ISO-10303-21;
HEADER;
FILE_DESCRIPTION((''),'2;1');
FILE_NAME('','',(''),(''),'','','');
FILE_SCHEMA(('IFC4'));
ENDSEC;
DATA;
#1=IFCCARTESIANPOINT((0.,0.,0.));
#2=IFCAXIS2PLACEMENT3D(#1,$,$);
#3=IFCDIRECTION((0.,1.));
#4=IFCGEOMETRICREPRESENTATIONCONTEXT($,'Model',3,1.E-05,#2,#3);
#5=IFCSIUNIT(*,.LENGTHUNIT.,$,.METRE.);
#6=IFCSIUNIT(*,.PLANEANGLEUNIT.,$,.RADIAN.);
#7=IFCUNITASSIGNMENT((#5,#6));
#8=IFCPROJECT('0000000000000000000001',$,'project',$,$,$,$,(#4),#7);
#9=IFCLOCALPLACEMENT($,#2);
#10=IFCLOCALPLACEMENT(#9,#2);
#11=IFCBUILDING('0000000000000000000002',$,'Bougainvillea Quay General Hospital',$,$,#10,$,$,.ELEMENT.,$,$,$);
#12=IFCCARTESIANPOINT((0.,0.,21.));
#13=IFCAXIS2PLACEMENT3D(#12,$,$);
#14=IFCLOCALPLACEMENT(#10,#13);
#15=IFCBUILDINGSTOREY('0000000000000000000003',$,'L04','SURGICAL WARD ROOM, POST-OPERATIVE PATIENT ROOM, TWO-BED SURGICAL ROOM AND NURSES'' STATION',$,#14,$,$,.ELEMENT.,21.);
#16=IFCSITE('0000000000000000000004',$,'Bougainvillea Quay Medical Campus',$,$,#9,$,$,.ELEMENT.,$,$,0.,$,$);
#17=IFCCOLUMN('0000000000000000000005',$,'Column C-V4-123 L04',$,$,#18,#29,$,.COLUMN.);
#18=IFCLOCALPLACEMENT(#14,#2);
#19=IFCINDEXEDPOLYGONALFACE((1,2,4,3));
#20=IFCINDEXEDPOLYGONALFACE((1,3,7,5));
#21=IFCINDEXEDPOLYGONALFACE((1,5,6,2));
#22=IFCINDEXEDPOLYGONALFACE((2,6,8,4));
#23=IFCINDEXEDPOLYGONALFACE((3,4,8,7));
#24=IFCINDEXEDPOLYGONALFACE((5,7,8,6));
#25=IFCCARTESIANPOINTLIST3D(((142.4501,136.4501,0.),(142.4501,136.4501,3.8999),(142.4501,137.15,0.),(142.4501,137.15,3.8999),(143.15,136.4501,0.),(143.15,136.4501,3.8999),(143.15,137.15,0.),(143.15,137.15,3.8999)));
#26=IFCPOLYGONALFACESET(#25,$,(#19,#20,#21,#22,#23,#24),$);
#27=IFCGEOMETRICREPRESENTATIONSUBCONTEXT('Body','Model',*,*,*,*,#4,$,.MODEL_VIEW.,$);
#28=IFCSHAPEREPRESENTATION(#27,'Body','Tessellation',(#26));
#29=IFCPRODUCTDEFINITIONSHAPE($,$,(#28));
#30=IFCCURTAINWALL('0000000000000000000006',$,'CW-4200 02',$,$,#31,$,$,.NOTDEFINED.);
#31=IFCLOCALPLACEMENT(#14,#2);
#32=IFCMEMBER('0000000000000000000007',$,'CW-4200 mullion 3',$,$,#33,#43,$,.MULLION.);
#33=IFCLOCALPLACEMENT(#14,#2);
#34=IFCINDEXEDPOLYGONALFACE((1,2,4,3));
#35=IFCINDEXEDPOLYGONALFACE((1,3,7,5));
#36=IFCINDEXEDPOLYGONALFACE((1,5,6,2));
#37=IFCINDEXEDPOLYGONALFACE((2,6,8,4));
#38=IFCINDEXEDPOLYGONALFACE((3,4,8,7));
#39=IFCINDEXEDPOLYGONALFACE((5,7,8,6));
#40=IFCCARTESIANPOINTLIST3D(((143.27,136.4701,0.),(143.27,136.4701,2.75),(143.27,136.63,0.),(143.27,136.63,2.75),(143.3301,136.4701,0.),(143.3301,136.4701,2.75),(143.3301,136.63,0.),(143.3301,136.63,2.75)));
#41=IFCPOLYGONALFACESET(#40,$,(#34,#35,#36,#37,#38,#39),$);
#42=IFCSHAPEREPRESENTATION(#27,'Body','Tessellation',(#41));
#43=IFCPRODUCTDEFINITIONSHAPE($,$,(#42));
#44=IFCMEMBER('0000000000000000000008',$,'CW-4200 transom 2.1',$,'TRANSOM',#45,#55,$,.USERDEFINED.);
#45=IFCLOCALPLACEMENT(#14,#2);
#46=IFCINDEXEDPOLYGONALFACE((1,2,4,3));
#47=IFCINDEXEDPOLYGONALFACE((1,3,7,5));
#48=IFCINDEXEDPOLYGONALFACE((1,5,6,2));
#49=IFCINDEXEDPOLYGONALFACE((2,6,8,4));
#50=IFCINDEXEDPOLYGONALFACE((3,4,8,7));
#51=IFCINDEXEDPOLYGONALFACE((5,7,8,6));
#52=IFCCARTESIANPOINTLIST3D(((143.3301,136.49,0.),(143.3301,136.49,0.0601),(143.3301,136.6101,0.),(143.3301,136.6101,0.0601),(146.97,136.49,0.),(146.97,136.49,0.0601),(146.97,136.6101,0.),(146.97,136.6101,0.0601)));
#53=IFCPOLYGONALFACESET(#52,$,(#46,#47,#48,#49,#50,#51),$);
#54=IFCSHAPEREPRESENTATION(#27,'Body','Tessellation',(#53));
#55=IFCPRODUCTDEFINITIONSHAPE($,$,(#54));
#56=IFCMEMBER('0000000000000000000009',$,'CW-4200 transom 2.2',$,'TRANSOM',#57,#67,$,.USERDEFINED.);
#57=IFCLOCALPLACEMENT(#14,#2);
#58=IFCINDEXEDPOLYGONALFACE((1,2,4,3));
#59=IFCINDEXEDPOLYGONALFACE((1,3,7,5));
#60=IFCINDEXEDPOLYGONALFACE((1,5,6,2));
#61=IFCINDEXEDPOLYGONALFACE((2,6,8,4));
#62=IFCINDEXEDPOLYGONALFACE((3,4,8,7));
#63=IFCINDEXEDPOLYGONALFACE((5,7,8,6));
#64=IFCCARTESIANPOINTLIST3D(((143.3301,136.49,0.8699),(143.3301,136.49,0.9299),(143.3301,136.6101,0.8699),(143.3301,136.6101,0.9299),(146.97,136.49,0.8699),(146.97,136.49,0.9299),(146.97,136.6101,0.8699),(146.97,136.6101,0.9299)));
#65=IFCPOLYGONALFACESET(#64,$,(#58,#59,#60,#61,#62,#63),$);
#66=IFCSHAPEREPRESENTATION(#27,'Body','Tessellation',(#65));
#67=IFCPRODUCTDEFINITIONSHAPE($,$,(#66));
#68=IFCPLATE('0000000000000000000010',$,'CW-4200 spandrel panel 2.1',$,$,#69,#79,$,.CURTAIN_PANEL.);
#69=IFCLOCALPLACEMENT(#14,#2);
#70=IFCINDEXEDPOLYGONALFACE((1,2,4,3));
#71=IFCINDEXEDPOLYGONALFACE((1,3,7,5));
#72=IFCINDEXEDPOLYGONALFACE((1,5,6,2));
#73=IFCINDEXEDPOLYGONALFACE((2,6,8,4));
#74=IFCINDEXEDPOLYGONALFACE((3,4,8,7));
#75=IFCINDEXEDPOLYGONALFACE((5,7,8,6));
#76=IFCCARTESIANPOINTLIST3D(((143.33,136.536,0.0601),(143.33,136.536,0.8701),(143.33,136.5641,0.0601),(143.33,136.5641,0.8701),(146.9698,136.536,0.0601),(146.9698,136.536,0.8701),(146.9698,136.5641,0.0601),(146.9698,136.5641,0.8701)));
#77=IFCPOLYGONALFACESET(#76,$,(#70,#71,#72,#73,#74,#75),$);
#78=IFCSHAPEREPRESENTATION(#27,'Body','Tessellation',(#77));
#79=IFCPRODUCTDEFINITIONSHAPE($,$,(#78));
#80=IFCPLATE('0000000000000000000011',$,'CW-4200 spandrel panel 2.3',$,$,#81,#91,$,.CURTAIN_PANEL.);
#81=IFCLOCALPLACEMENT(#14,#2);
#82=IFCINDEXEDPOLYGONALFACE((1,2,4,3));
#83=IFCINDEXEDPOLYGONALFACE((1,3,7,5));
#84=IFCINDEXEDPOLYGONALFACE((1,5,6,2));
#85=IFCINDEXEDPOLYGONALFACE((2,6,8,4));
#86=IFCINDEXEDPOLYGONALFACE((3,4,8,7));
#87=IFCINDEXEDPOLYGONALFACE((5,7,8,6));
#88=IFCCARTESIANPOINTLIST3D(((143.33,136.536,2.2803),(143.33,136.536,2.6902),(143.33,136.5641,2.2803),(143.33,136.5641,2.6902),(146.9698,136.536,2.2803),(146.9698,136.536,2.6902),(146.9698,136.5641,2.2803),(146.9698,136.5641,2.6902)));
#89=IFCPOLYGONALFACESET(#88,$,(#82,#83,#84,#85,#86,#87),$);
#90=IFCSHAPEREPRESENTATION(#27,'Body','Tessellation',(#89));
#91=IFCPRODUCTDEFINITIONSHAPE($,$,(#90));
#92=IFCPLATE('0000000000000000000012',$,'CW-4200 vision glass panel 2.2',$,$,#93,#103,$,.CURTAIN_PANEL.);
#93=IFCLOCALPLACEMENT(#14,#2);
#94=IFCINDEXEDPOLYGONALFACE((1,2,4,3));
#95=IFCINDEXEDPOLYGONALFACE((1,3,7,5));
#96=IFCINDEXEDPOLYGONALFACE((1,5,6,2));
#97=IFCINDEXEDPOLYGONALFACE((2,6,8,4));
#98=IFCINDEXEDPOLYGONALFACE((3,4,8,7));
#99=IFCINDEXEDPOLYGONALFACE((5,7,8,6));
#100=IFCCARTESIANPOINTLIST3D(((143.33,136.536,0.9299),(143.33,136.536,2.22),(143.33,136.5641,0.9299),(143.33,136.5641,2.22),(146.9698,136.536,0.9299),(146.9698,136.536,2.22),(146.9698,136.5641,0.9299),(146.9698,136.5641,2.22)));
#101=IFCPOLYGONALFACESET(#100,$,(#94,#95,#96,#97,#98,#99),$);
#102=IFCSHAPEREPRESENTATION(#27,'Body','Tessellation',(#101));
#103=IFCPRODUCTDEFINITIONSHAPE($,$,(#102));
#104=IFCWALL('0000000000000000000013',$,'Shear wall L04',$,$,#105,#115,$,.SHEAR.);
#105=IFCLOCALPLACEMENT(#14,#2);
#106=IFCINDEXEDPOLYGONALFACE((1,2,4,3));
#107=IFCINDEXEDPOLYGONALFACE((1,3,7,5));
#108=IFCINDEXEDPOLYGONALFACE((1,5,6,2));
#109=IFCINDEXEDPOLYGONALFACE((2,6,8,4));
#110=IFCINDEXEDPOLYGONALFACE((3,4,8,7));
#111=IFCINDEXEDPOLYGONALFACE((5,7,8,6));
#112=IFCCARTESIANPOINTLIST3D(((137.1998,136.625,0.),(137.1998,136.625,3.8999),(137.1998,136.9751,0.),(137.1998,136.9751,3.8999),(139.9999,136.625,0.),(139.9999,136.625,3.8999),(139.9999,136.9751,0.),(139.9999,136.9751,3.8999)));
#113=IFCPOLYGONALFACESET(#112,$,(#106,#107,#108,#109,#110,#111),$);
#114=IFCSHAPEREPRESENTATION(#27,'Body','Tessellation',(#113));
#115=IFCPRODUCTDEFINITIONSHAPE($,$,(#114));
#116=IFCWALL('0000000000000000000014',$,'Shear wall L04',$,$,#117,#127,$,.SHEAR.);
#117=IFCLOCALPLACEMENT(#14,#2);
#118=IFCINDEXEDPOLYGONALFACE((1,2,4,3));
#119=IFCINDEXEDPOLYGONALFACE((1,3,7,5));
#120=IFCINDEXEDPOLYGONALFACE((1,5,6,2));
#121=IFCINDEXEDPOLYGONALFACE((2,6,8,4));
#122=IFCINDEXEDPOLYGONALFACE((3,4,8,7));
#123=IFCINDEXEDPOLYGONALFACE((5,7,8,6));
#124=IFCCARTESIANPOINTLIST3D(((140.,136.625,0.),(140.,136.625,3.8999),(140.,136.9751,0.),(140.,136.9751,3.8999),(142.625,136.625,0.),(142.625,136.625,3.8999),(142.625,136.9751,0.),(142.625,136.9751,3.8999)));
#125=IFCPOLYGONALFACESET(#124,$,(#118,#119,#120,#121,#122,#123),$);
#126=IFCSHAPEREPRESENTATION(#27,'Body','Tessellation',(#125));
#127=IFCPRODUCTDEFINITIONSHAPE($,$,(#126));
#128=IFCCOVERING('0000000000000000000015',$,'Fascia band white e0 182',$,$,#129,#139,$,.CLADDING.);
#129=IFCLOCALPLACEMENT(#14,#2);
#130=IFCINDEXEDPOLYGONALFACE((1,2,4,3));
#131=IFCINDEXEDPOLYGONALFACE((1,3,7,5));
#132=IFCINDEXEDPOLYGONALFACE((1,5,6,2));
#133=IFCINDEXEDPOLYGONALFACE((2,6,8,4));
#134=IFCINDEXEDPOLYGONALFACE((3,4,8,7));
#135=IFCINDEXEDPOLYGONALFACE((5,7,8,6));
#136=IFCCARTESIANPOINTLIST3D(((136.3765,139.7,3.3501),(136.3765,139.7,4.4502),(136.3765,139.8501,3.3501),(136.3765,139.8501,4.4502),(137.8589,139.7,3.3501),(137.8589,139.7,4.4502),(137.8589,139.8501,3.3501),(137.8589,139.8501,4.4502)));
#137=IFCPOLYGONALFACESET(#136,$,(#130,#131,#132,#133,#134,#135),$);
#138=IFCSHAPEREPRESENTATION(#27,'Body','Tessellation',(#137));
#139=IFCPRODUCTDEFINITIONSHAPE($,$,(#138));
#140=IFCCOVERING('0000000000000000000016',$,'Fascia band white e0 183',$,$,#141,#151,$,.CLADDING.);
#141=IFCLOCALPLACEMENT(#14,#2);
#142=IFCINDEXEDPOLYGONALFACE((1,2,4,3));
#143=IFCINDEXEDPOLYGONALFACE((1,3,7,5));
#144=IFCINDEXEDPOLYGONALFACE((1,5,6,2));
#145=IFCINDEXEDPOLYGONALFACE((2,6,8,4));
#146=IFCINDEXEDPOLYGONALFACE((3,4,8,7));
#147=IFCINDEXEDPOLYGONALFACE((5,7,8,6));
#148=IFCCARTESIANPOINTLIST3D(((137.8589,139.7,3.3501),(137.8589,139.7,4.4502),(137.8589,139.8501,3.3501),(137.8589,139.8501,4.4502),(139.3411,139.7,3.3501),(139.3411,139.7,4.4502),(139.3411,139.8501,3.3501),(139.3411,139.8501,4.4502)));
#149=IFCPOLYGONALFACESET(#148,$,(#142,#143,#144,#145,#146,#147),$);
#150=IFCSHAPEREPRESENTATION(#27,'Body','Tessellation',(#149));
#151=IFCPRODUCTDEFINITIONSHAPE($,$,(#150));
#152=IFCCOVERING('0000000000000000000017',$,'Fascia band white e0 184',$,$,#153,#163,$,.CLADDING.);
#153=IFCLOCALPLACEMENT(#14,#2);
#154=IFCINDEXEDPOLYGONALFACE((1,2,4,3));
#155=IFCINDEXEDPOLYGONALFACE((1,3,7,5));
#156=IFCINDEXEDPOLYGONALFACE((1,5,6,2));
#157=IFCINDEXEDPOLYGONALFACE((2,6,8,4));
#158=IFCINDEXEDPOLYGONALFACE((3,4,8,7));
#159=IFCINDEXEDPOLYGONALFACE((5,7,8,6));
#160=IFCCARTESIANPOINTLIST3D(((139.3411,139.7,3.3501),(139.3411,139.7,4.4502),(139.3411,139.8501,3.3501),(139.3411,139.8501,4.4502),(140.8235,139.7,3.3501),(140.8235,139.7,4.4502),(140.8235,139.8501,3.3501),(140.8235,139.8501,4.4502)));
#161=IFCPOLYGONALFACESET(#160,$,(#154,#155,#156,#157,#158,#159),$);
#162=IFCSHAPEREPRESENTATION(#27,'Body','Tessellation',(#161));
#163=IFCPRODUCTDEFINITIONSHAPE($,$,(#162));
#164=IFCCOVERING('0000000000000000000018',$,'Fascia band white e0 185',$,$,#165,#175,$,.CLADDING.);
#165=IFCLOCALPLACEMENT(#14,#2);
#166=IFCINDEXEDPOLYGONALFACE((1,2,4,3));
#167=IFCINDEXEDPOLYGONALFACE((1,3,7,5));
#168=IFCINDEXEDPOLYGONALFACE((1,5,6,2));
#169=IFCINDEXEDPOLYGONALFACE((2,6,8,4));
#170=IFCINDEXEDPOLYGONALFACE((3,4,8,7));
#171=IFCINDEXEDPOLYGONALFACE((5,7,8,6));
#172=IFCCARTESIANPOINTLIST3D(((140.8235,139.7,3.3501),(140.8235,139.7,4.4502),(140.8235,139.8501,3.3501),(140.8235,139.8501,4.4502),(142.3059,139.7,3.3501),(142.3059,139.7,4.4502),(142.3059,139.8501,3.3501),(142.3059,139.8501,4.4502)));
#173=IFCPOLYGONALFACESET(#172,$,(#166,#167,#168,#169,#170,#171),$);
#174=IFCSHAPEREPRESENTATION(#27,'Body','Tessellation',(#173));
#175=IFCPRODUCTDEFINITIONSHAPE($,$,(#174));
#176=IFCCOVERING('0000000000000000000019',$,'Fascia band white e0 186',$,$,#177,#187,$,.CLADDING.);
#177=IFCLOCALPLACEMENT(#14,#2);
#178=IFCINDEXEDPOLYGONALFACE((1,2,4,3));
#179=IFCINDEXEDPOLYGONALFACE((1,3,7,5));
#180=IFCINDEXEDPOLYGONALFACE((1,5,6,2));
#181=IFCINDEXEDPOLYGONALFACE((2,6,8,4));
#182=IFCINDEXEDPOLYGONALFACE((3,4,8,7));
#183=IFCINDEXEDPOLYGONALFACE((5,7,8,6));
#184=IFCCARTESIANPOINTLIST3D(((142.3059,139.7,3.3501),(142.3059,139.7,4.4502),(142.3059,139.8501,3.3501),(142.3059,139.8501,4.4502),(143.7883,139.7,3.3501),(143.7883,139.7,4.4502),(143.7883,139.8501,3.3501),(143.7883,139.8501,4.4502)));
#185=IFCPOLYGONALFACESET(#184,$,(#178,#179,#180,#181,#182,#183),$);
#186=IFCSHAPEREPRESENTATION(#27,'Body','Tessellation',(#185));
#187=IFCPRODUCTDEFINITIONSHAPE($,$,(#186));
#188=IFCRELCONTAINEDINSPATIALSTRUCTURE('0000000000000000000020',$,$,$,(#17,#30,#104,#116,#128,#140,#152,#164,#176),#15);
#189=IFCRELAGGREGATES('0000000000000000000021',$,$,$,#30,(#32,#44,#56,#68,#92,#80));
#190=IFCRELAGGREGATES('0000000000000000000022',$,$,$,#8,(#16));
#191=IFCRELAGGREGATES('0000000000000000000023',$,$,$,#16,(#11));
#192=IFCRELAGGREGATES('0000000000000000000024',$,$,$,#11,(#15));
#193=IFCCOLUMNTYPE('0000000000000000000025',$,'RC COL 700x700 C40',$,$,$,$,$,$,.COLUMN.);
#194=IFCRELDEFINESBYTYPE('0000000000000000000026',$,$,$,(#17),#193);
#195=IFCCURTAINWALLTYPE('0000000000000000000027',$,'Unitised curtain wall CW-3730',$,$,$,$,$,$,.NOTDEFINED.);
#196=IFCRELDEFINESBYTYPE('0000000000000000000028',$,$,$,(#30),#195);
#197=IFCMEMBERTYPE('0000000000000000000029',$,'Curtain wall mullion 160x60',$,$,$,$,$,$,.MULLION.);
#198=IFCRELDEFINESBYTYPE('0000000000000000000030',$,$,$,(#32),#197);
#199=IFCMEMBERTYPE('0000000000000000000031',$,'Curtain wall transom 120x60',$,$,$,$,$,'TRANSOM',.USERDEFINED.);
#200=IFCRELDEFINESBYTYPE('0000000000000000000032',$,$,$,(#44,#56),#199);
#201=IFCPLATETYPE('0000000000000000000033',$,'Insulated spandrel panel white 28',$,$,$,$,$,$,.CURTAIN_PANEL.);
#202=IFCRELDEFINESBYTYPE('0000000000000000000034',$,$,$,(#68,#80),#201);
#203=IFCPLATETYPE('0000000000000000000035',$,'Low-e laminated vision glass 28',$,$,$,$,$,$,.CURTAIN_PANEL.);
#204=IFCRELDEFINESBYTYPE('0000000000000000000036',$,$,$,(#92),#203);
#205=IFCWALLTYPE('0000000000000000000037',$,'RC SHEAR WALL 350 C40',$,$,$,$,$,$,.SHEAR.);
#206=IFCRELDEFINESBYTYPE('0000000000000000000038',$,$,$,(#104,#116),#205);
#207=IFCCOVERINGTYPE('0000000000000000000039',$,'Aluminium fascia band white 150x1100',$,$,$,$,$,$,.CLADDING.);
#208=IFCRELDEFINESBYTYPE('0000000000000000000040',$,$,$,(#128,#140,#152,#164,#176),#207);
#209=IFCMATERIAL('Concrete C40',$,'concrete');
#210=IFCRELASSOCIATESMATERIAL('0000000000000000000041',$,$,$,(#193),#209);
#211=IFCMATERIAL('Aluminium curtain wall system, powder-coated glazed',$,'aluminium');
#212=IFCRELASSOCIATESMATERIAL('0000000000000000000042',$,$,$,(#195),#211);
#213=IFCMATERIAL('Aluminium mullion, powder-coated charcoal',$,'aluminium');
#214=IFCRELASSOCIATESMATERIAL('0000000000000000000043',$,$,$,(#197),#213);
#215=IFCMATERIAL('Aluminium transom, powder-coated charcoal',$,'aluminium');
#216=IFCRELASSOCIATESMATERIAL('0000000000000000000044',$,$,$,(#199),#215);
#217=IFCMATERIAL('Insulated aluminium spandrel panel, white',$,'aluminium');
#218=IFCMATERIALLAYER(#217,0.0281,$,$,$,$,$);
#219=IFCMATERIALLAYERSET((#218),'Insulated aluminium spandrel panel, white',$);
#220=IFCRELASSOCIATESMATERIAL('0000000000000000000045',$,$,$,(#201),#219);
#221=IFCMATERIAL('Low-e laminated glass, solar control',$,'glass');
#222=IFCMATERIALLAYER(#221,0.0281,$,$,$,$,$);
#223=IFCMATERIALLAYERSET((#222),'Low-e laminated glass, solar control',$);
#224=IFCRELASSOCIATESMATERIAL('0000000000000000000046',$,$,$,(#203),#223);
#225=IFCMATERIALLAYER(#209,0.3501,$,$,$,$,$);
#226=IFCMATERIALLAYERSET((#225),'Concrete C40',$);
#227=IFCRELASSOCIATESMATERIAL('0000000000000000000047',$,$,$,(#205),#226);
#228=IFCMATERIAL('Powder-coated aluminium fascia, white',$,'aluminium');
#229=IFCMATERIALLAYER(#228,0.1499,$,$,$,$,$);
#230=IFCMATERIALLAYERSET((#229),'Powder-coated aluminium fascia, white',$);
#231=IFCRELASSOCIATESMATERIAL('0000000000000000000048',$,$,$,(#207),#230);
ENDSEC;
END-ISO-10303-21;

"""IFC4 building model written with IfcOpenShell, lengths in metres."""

from ifc_helpers import new_model, si_unit, direction, frame, frame_2d, origin, origin_2d, place, context, subcontext, project, spatial, polyline, rectangle, outline, extrude, material, layer, layer_set, material_profile, profile_set, type_object, element, aggregate, save


model = new_model("IFC4")

# Units and contexts
model_context = context("Model", 3, precision=1e-05, world=origin(), true_north=direction((0.0, 1.0)))
body_context = subcontext(model_context, "Body", "Model", "MODEL_VIEW")
ifc_project = project(units=[si_unit("LENGTHUNIT", "METRE"), si_unit("PLANEANGLEUNIT", "RADIAN")], contexts=[model_context])

# Site, building, storey
site_placement = place(None, origin())
site = spatial("IfcSite", under=ifc_project, at=site_placement, Name="Bougainvillea Quay Medical Campus", CompositionType="ELEMENT", RefElevation=0.0)
building_placement = place(site_placement, origin())
building = spatial("IfcBuilding", under=site, at=building_placement, Name="Bougainvillea Quay General Hospital", CompositionType="ELEMENT")
storey_placement = place(building_placement, frame((0.0, 0.0, 21.0)))
storey = spatial("IfcBuildingStorey", under=building, at=storey_placement, Name="L04", Description="SURGICAL WARD ROOM, POST-OPERATIVE PATIENT ROOM, TWO-BED SURGICAL ROOM AND NURSES' STATION", CompositionType="ELEMENT", Elevation=21.0)

# Column
ifc_material_1 = material(Name="Concrete C40", Category="concrete")
ifc_material_profile_1 = material_profile(ifc_material_1, rectangle(XDim=0.7, YDim=0.7, at=origin_2d()))
ifc_profile_set_1 = profile_set([ifc_material_profile_1], Name="Concrete C40")
column_type = type_object("IfcColumnType", Name="RC COL 700x700 C40", PredefinedType="COLUMN", material=ifc_profile_set_1)
column_placement = place(storey_placement, frame((142.8, 136.8, 0.0), z_axis=(0.0, 0.0, 1.0), x_axis=(1.0, 0.0, 0.0)))
element("IfcColumn", 1, at=column_placement, inside=storey, type_object=column_type, Name="Column C-V4-123 L04", PredefinedType="COLUMN", context=body_context, shape_type="SweptSolid", body=[
    extrude(rectangle(XDim=0.7, YDim=0.7, at=origin_2d()), origin(), (0.0, 0.0, 1.0), 3.8999),
])

# Curtain wall, members, plates
ifc_material_2 = material(Name="Aluminium curtain wall system, powder-coated glazed", Category="aluminium")
curtain_wall_type = type_object("IfcCurtainWallType", Name="Unitised curtain wall CW-3730", PredefinedType="NOTDEFINED", material=ifc_material_2)
curtain_wall_placement = place(storey_placement, origin())
curtain_wall = element("IfcCurtainWall", 2, at=curtain_wall_placement, inside=storey, type_object=curtain_wall_type, Name="CW-4200 02", PredefinedType="NOTDEFINED")
ifc_material_3 = material(Name="Aluminium mullion, powder-coated charcoal", Category="aluminium")
ifc_material_profile_2 = material_profile(ifc_material_3, rectangle(XDim=0.1599, YDim=0.0601, at=origin_2d()))
ifc_profile_set_2 = profile_set([ifc_material_profile_2], Name="Aluminium mullion, powder-coated charcoal")
member_type_1 = type_object("IfcMemberType", Name="Curtain wall mullion 160x60", PredefinedType="MULLION", material=ifc_profile_set_2)
member_1_placement = place(storey_placement, frame((143.3, 136.55, 0.0), z_axis=(0.0, 0.0, 1.0), x_axis=(0.0, -1.0, 0.0)))
member_1 = element("IfcMember", 3, at=member_1_placement, type_object=member_type_1, Name="CW-4200 mullion 3", PredefinedType="MULLION", context=body_context, shape_type="SweptSolid", body=[
    extrude(rectangle(XDim=0.1599, YDim=0.0601, at=origin_2d()), origin(), (0.0, 0.0, 1.0), 2.75),
])
ifc_material_4 = material(Name="Aluminium transom, powder-coated charcoal", Category="aluminium")
ifc_material_profile_3 = material_profile(ifc_material_4, rectangle(XDim=0.1201, YDim=0.0601, at=origin_2d()))
ifc_profile_set_3 = profile_set([ifc_material_profile_3], Name="Aluminium transom, powder-coated charcoal")
member_type_2 = type_object("IfcMemberType", Name="Curtain wall transom 120x60", ElementType="TRANSOM", PredefinedType="USERDEFINED", material=ifc_profile_set_3)
member_2_placement = place(storey_placement, frame((146.97, 136.55, 0.03), z_axis=(-1.0, 0.0, 0.0), x_axis=(0.0, -1.0, 0.0)))
member_2 = element("IfcMember", 4, at=member_2_placement, type_object=member_type_2, Name="CW-4200 transom 2.1", ObjectType="TRANSOM", PredefinedType="USERDEFINED", context=body_context, shape_type="SweptSolid", body=[
    extrude(rectangle(XDim=0.1201, YDim=0.0601, at=origin_2d()), origin(), (0.0, 0.0, 1.0), 3.6399),
])
member_3_placement = place(storey_placement, frame((146.97, 136.55, 0.8999), z_axis=(-1.0, 0.0, 0.0), x_axis=(0.0, -1.0, 0.0)))
member_3 = element("IfcMember", 5, at=member_3_placement, type_object=member_type_2, Name="CW-4200 transom 2.2", ObjectType="TRANSOM", PredefinedType="USERDEFINED", context=body_context, shape_type="SweptSolid", body=[
    extrude(rectangle(XDim=0.1201, YDim=0.0601, at=origin_2d()), origin(), (0.0, 0.0, 1.0), 3.6399),
])
ifc_material_5 = material(Name="Insulated aluminium spandrel panel, white", Category="aluminium")
ifc_layer_1 = layer(ifc_material_5, 0.0281)
ifc_layer_set_1 = layer_set([ifc_layer_1], Name="Insulated aluminium spandrel panel, white")
plate_type_1 = type_object("IfcPlateType", Name="Insulated spandrel panel white 28", PredefinedType="CURTAIN_PANEL", material=ifc_layer_set_1)
plate_1_placement = place(storey_placement, frame((145.1499, 136.55, 0.0601), z_axis=(0.0, 0.0, 1.0), x_axis=(-1.0, 0.0, 0.0)))
plate_1 = element("IfcPlate", 6, at=plate_1_placement, type_object=plate_type_1, Name="CW-4200 spandrel panel 2.1", PredefinedType="CURTAIN_PANEL", context=body_context, shape_type="SweptSolid", body=[
    extrude(rectangle(XDim=3.6399, YDim=0.0281, at=origin_2d()), origin(), (0.0, 0.0, 1.0), 0.8101),
])
plate_2_placement = place(storey_placement, frame((145.1499, 136.55, 2.2803), z_axis=(0.0, 0.0, 1.0), x_axis=(-1.0, 0.0, 0.0)))
plate_2 = element("IfcPlate", 7, at=plate_2_placement, type_object=plate_type_1, Name="CW-4200 spandrel panel 2.3", PredefinedType="CURTAIN_PANEL", context=body_context, shape_type="SweptSolid", body=[
    extrude(rectangle(XDim=3.6399, YDim=0.0281, at=origin_2d()), origin(), (0.0, 0.0, 1.0), 0.4099),
])
ifc_material_6 = material(Name="Low-e laminated glass, solar control", Category="glass")
ifc_layer_2 = layer(ifc_material_6, 0.0281)
ifc_layer_set_2 = layer_set([ifc_layer_2], Name="Low-e laminated glass, solar control")
plate_type_2 = type_object("IfcPlateType", Name="Low-e laminated vision glass 28", PredefinedType="CURTAIN_PANEL", material=ifc_layer_set_2)
plate_3_placement = place(storey_placement, frame((145.1499, 136.55, 0.9299), z_axis=(0.0, 0.0, 1.0), x_axis=(-1.0, 0.0, 0.0)))
plate_3 = element("IfcPlate", 8, at=plate_3_placement, type_object=plate_type_2, Name="CW-4200 vision glass panel 2.2", PredefinedType="CURTAIN_PANEL", context=body_context, shape_type="SweptSolid", body=[
    extrude(rectangle(XDim=3.6399, YDim=0.0281, at=origin_2d()), origin(), (0.0, 0.0, 1.0), 1.29),
])
aggregate(curtain_wall, [member_1, member_2, member_3, plate_1, plate_3, plate_2])

# Walls
ifc_layer_3 = layer(ifc_material_1, 0.3501)
ifc_layer_set_3 = layer_set([ifc_layer_3], Name="Concrete C40")
wall_type = type_object("IfcWallType", Name="RC SHEAR WALL 350 C40", PredefinedType="SHEAR", material=ifc_layer_set_3)
wall_1_placement = place(storey_placement, frame((137.2, 136.8, 0.0), z_axis=(0.0, 0.0, 1.0), x_axis=(1.0, 0.0, 0.0)))
element("IfcWall", 9, at=wall_1_placement, inside=storey, type_object=wall_type, Name="Shear wall L04", PredefinedType="SHEAR", context=body_context, shape_type="SweptSolid", body=[
    extrude(rectangle(XDim=2.8, YDim=0.3501, at=frame_2d((1.3999, 0.0))), origin(), (0.0, 0.0, 1.0), 3.8999),
])
wall_2_placement = place(storey_placement, frame((140.0, 136.8, 0.0), z_axis=(0.0, 0.0, 1.0), x_axis=(1.0, 0.0, 0.0)))
element("IfcWall", 10, at=wall_2_placement, inside=storey, type_object=wall_type, Name="Shear wall L04", PredefinedType="SHEAR", context=body_context, shape_type="SweptSolid", body=[
    extrude(rectangle(XDim=2.625, YDim=0.3501, at=frame_2d((1.3125, 0.0))), origin(), (0.0, 0.0, 1.0), 3.8999),
])

# Coverings
ifc_material_7 = material(Name="Powder-coated aluminium fascia, white", Category="aluminium")
ifc_layer_4 = layer(ifc_material_7, 0.1499)
ifc_layer_set_4 = layer_set([ifc_layer_4], Name="Powder-coated aluminium fascia, white")
covering_type = type_object("IfcCoveringType", Name="Aluminium fascia band white 150x1100", PredefinedType="CLADDING", material=ifc_layer_set_4)
covering_1_placement = place(storey_placement, frame((136.3765, 139.8501, 3.3501), z_axis=(0.0, 0.0, 1.0), x_axis=(1.0, 0.0, 0.0)))
element("IfcCovering", 11, at=covering_1_placement, inside=storey, type_object=covering_type, Name="Fascia band white e0 182", PredefinedType="CLADDING", context=body_context, shape_type="SweptSolid", body=[
    extrude(outline(polyline([(0.0, 0.0), (1.4824, 0.0), (1.4824, -0.1501), (0.0, -0.1501), (0.0, 0.0)])), origin(), (0.0, 0.0, 1.0), 1.1001),
])
covering_2_placement = place(storey_placement, frame((137.8589, 139.8501, 3.3501), z_axis=(0.0, 0.0, 1.0), x_axis=(1.0, 0.0, 0.0)))
element("IfcCovering", 12, at=covering_2_placement, inside=storey, type_object=covering_type, Name="Fascia band white e0 183", PredefinedType="CLADDING", context=body_context, shape_type="SweptSolid", body=[
    extrude(outline(polyline([(0.0, 0.0), (1.4822, 0.0), (1.4822, -0.1501), (0.0, -0.1501), (0.0, 0.0)])), origin(), (0.0, 0.0, 1.0), 1.1001),
])
for number, where, z_axis, x_axis, name in (
    (13, (139.3411, 139.8501, 3.3501), (0.0, 0.0, 1.0), (1.0, 0.0, 0.0), "Fascia band white e0 184"),
    (14, (140.8235, 139.8501, 3.3501), (0.0, 0.0, 1.0), (1.0, 0.0, 0.0), "Fascia band white e0 185"),
    (15, (142.3059, 139.8501, 3.3501), (0.0, 0.0, 1.0), (1.0, 0.0, 0.0), "Fascia band white e0 186"),
):
    element("IfcCovering", number, at=place(storey_placement, frame(where, z_axis=z_axis, x_axis=x_axis)), inside=storey, type_object=covering_type, Name=name, PredefinedType="CLADDING", context=body_context, shape_type="SweptSolid", body=[
        extrude(outline(polyline([(0.0, 0.0), (1.4824, 0.0), (1.4824, -0.1501), (0.0, -0.1501), (0.0, 0.0)])), origin(), (0.0, 0.0, 1.0), 1.1001),
    ])

save(model, "model.ifc")
